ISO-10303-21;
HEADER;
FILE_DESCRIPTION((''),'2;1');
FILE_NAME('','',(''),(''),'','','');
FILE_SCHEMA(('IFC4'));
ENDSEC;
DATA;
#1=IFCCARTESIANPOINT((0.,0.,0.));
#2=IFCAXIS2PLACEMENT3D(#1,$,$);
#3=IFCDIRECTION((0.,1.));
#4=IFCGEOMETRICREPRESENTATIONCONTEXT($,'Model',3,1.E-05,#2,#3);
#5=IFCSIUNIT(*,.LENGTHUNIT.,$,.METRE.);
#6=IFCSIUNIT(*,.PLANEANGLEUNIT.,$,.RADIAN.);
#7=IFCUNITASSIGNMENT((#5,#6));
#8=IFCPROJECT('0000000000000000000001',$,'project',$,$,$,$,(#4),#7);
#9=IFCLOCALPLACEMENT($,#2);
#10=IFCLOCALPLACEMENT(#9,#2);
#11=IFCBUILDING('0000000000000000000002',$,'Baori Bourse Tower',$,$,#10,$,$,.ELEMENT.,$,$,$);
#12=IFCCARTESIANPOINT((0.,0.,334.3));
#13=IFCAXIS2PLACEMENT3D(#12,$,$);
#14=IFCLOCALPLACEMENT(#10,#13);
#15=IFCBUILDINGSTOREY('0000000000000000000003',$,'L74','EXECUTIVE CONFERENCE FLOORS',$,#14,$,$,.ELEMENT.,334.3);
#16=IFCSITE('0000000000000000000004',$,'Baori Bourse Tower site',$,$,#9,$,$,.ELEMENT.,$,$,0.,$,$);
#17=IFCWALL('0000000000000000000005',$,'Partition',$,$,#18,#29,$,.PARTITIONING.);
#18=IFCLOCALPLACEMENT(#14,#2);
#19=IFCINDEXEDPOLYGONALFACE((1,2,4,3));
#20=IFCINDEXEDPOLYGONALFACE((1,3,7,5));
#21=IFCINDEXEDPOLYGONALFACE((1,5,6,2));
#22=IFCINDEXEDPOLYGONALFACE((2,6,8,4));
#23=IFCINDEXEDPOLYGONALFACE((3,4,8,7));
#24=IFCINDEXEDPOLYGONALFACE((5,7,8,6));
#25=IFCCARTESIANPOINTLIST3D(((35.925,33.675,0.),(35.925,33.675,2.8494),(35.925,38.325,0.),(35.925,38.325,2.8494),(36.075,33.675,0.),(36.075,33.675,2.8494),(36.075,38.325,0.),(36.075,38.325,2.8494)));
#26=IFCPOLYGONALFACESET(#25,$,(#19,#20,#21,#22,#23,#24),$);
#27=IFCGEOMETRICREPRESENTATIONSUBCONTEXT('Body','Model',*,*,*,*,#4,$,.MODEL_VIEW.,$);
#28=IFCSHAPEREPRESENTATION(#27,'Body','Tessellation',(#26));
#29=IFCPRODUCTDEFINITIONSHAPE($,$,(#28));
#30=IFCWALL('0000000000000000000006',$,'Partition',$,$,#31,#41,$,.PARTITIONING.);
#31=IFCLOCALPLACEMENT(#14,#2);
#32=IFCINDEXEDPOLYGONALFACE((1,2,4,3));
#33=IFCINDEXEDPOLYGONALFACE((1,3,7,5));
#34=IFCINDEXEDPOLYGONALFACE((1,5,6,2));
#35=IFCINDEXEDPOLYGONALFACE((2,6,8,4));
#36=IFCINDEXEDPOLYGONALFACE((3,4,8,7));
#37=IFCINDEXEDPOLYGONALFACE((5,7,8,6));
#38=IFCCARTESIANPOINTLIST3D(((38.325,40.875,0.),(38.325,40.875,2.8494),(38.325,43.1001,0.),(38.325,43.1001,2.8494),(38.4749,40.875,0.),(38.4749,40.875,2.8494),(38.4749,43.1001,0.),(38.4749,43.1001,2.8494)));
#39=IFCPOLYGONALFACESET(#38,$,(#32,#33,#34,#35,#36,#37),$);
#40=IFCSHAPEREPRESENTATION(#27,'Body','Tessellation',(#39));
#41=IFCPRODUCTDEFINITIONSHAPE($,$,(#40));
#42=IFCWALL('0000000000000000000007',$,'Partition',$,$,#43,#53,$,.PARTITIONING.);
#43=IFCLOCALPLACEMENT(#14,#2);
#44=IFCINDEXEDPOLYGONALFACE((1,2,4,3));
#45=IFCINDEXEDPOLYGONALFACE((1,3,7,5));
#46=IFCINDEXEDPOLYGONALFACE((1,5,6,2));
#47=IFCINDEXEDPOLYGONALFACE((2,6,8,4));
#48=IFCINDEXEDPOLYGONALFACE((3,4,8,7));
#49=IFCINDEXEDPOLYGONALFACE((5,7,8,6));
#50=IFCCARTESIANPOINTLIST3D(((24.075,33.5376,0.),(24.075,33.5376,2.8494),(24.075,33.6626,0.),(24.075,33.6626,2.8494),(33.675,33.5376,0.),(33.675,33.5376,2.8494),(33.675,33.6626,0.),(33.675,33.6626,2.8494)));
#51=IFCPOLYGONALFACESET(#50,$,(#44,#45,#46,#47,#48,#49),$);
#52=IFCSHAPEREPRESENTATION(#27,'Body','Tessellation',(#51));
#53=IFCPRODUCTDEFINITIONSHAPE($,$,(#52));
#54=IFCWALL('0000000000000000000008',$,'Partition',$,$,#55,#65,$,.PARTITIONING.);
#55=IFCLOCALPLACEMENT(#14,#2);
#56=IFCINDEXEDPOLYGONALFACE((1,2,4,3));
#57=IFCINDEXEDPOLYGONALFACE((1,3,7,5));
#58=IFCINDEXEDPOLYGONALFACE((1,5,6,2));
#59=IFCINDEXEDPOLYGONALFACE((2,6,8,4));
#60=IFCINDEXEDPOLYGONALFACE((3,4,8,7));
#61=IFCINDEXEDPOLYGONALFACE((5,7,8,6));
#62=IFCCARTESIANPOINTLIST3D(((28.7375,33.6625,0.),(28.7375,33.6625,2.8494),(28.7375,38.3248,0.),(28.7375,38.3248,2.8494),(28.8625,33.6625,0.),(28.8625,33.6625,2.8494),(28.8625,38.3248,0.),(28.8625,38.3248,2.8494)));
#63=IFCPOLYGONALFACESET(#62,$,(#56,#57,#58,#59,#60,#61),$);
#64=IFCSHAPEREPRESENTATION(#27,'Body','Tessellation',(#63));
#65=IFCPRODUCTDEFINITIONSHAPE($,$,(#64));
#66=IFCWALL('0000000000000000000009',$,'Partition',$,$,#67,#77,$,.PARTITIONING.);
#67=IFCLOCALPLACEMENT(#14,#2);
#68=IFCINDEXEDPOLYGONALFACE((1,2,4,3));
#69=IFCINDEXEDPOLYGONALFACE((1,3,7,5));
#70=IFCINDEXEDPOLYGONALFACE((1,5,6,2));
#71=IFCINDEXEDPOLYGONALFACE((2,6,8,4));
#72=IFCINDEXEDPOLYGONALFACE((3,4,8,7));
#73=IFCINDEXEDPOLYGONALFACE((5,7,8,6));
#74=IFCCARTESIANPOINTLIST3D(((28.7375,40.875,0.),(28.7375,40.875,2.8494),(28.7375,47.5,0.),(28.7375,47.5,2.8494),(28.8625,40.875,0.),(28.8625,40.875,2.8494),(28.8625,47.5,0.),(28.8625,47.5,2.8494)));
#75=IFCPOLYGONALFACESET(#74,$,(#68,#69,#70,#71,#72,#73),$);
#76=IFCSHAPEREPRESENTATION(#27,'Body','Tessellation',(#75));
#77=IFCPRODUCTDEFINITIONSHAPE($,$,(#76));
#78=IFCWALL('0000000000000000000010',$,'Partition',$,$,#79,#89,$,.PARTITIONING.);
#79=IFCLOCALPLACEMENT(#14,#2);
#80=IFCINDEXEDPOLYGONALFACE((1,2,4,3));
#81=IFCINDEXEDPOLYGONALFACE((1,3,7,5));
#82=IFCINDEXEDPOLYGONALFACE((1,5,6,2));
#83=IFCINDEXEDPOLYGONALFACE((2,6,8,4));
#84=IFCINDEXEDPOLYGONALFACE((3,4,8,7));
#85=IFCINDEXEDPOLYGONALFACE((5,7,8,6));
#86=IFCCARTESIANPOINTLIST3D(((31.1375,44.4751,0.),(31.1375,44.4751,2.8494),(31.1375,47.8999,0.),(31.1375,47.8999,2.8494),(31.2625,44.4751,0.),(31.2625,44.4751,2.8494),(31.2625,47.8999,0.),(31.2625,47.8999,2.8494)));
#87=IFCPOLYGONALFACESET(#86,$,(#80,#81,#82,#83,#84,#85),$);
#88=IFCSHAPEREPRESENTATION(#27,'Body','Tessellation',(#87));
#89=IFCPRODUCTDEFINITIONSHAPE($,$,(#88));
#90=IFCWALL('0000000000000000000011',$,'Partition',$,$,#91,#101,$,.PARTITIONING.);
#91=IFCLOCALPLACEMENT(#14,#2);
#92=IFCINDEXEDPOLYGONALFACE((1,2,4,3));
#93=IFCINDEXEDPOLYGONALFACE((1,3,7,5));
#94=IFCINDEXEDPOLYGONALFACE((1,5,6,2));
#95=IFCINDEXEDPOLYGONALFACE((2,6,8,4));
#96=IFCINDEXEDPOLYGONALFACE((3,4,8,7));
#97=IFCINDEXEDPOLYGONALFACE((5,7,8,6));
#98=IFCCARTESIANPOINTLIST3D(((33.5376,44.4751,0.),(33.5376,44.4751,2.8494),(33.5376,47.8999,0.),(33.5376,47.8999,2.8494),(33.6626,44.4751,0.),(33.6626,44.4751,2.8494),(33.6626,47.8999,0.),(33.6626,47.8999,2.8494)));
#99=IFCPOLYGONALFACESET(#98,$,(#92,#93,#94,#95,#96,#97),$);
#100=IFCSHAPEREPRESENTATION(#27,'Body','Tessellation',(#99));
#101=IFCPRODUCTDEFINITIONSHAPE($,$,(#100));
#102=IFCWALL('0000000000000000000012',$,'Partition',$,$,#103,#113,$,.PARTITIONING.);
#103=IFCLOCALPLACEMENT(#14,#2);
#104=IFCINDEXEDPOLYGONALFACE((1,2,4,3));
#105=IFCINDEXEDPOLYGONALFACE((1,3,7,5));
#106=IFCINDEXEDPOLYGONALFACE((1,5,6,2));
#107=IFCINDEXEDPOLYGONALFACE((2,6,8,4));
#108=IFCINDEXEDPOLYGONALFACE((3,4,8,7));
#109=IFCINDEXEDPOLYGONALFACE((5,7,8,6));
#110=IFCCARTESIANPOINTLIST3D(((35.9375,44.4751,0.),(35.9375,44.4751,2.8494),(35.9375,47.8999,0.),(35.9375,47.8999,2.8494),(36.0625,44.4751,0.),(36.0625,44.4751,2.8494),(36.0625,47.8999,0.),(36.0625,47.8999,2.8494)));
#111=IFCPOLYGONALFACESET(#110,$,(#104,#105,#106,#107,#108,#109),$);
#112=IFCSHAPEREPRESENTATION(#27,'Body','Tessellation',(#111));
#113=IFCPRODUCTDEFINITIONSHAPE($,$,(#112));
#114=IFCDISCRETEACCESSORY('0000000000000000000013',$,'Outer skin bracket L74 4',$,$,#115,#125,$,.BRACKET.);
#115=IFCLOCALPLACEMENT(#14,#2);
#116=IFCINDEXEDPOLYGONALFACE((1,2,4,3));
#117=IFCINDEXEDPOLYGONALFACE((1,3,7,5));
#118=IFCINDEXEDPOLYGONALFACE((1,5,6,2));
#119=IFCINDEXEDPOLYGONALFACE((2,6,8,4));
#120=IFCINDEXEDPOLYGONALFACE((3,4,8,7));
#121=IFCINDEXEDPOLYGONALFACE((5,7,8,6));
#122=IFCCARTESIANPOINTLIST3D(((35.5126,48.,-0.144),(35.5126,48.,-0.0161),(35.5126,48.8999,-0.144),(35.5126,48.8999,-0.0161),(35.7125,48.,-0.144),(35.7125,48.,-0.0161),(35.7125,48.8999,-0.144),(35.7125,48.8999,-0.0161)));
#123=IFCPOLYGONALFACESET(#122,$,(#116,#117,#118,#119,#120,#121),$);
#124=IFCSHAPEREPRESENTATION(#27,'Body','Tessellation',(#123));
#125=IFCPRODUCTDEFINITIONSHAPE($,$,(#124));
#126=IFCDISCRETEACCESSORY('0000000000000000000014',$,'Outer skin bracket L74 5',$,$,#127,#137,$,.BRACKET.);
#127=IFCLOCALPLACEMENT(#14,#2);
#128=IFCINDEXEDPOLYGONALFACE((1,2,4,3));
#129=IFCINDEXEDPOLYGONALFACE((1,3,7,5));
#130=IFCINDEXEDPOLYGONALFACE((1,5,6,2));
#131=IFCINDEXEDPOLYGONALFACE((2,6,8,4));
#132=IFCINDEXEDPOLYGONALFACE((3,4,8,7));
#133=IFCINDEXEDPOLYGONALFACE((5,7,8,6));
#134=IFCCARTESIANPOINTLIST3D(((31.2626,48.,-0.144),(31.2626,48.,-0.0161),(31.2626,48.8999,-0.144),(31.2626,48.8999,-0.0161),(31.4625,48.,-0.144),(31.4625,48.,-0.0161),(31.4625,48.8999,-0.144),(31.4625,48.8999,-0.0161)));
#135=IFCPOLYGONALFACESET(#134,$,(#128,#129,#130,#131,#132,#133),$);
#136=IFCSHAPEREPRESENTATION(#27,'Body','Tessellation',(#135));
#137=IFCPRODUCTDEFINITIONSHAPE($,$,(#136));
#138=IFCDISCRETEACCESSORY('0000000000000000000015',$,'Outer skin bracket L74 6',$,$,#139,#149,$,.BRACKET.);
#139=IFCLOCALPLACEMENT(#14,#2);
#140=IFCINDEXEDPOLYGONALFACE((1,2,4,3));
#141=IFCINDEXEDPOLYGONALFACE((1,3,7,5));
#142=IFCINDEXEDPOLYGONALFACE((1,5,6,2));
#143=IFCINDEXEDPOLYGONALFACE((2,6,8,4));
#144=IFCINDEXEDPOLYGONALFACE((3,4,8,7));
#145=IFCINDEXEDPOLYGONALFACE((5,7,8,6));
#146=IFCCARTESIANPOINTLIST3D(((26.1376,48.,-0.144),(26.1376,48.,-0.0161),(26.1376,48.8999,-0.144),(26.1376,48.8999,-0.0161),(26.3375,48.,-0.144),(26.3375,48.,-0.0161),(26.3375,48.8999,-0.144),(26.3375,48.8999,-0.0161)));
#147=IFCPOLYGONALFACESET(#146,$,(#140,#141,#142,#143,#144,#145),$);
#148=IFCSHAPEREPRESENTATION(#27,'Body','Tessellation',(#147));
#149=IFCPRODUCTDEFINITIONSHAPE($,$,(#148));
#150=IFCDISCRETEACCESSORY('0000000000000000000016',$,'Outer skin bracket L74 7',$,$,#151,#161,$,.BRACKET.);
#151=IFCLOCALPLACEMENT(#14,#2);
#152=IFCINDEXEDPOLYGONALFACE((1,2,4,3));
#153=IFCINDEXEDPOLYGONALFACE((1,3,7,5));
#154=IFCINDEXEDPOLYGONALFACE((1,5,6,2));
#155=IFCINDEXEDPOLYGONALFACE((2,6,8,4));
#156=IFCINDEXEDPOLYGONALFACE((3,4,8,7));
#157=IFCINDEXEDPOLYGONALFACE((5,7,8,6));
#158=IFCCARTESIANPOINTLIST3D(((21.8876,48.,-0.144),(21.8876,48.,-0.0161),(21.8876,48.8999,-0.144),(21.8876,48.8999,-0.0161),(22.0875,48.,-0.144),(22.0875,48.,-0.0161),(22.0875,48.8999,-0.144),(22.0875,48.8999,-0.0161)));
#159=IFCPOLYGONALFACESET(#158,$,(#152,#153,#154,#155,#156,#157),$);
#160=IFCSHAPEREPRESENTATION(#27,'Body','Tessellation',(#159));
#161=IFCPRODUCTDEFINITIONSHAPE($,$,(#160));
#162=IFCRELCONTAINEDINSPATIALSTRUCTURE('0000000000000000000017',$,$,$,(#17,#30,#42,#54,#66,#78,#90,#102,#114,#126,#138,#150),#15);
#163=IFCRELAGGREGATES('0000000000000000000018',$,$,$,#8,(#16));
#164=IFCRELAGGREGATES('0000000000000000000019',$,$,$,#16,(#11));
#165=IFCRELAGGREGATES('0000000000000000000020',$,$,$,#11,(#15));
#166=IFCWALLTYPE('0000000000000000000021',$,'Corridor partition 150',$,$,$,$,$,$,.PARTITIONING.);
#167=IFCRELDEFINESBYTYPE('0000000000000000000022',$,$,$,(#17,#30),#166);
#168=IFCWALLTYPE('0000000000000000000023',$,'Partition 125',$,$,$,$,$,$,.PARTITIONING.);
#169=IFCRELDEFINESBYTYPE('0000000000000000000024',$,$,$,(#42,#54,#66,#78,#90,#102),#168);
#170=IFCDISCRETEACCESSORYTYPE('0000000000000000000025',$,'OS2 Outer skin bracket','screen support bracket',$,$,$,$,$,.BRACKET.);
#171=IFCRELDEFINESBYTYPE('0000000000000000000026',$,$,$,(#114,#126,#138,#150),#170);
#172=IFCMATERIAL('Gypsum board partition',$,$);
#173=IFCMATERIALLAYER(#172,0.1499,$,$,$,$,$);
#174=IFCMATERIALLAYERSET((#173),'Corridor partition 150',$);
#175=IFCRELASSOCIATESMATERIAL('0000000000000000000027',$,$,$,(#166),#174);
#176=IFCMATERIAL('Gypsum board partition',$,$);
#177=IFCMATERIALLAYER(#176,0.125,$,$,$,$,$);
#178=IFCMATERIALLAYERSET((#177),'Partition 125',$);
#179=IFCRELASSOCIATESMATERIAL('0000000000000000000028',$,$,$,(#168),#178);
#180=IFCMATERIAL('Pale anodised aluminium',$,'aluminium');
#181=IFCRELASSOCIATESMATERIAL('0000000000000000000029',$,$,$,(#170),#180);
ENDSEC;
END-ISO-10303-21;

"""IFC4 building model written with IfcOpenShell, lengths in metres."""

from ifc_helpers import new_model, si_unit, direction, frame, frame_2d, origin, origin_2d, place, context, subcontext, project, spatial, rectangle, extrude, material, layer, layer_set, type_object, element, save


model = new_model("IFC4")

# Units and contexts
model_context = context("Model", 3, precision=1e-05, world=origin(), true_north=direction((0.0, 1.0)))
body_context = subcontext(model_context, "Body", "Model", "MODEL_VIEW")
ifc_project = project(units=[si_unit("LENGTHUNIT", "METRE"), si_unit("PLANEANGLEUNIT", "RADIAN")], contexts=[model_context])

# Site, building, storey
site_placement = place(None, origin())
site = spatial("IfcSite", under=ifc_project, at=site_placement, Name="Baori Bourse Tower site", CompositionType="ELEMENT", RefElevation=0.0)
building_placement = place(site_placement, origin())
building = spatial("IfcBuilding", under=site, at=building_placement, Name="Baori Bourse Tower", CompositionType="ELEMENT")
storey_placement = place(building_placement, frame((0.0, 0.0, 334.3)))
storey = spatial("IfcBuildingStorey", under=building, at=storey_placement, Name="L74", Description="EXECUTIVE CONFERENCE FLOORS", CompositionType="ELEMENT", Elevation=334.3)

# Shared definitions
ifc_material_1 = material(Name="Gypsum board partition")
ifc_layer_1 = layer(ifc_material_1, 0.1499)
ifc_layer_set_1 = layer_set([ifc_layer_1], Name="Corridor partition 150")
wall_type_1 = type_object("IfcWallType", Name="Corridor partition 150", PredefinedType="PARTITIONING", material=ifc_layer_set_1)

# Walls
wall_1_placement = place(storey_placement, frame((36.0, 33.675, 0.0), z_axis=(0.0, 0.0, 1.0), x_axis=(0.0, 1.0, 0.0)))
element("IfcWall", 1, at=wall_1_placement, inside=storey, type_object=wall_type_1, Name="Partition", PredefinedType="PARTITIONING", context=body_context, shape_type="SweptSolid", body=[
    extrude(rectangle(XDim=4.6499, YDim=0.1499, at=frame_2d((2.325, 0.0))), origin(), (0.0, 0.0, 1.0), 2.8494),
])
wall_2_placement = place(storey_placement, frame((38.3999, 40.875, 0.0), z_axis=(0.0, 0.0, 1.0), x_axis=(0.0, 1.0, 0.0)))
element("IfcWall", 2, at=wall_2_placement, inside=storey, type_object=wall_type_1, Name="Partition", PredefinedType="PARTITIONING", context=body_context, shape_type="SweptSolid", body=[
    extrude(rectangle(XDim=2.2251, YDim=0.1499, at=frame_2d((1.1125, 0.0))), origin(), (0.0, 0.0, 1.0), 2.8494),
])
ifc_material_2 = material(Name="Gypsum board partition")
ifc_layer_2 = layer(ifc_material_2, 0.125)
ifc_layer_set_2 = layer_set([ifc_layer_2], Name="Partition 125")
wall_type_2 = type_object("IfcWallType", Name="Partition 125", PredefinedType="PARTITIONING", material=ifc_layer_set_2)
wall_3_placement = place(storey_placement, frame((24.075, 33.6001, 0.0), z_axis=(0.0, 0.0, 1.0), x_axis=(1.0, 0.0, 0.0)))
element("IfcWall", 3, at=wall_3_placement, inside=storey, type_object=wall_type_2, Name="Partition", PredefinedType="PARTITIONING", context=body_context, shape_type="SweptSolid", body=[
    extrude(rectangle(XDim=9.6001, YDim=0.125, at=frame_2d((4.8, 0.0))), origin(), (0.0, 0.0, 1.0), 2.8494),
])
wall_4_placement = place(storey_placement, frame((28.8, 33.6626, 0.0), z_axis=(0.0, 0.0, 1.0), x_axis=(0.0, 1.0, 0.0)))
element("IfcWall", 4, at=wall_4_placement, inside=storey, type_object=wall_type_2, Name="Partition", PredefinedType="PARTITIONING", context=body_context, shape_type="SweptSolid", body=[
    extrude(rectangle(XDim=4.6624, YDim=0.125, at=frame_2d((2.3311, 0.0))), origin(), (0.0, 0.0, 1.0), 2.8494),
])
wall_5_placement = place(storey_placement, frame((28.8, 40.875, 0.0), z_axis=(0.0, 0.0, 1.0), x_axis=(0.0, 1.0, 0.0)))
element("IfcWall", 5, at=wall_5_placement, inside=storey, type_object=wall_type_2, Name="Partition", PredefinedType="PARTITIONING", context=body_context, shape_type="SweptSolid", body=[
    extrude(rectangle(XDim=6.625, YDim=0.125, at=frame_2d((3.3125, 0.0))), origin(), (0.0, 0.0, 1.0), 2.8494),
])
for number, where, z_axis, x_axis, name in (
    (6, (31.2, 44.4751, 0.0), (0.0, 0.0, 1.0), (0.0, 1.0, 0.0), "Partition"),
    (7, (33.6001, 44.4751, 0.0), (0.0, 0.0, 1.0), (0.0, 1.0, 0.0), "Partition"),
    (8, (36.0, 44.4751, 0.0), (0.0, 0.0, 1.0), (0.0, 1.0, 0.0), "Partition"),
):
    element("IfcWall", number, at=place(storey_placement, frame(where, z_axis=z_axis, x_axis=x_axis)), inside=storey, type_object=wall_type_2, Name=name, PredefinedType="PARTITIONING", context=body_context, shape_type="SweptSolid", body=[
        extrude(rectangle(XDim=3.4248, YDim=0.125, at=frame_2d((1.7124, 0.0))), origin(), (0.0, 0.0, 1.0), 2.8494),
    ])

# Discrete accessories
ifc_material_3 = material(Name="Pale anodised aluminium", Category="aluminium")
discrete_accessory_type = type_object("IfcDiscreteAccessoryType", Name="OS2 Outer skin bracket", Description="screen support bracket", PredefinedType="BRACKET", material=ifc_material_3)
for number, where, z_axis, x_axis, name in (
    (9, (35.6125, 48.45, -0.144), (0.0, 0.0, 1.0), (-1.0, 0.0, 0.0), "Outer skin bracket L74 4"),
    (10, (31.3625, 48.45, -0.144), (0.0, 0.0, 1.0), (-1.0, 0.0, 0.0), "Outer skin bracket L74 5"),
    (11, (26.2375, 48.45, -0.144), (0.0, 0.0, 1.0), (-1.0, 0.0, 0.0), "Outer skin bracket L74 6"),
    (12, (21.9875, 48.45, -0.144), (0.0, 0.0, 1.0), (-1.0, 0.0, 0.0), "Outer skin bracket L74 7"),
):
    element("IfcDiscreteAccessory", number, at=place(storey_placement, frame(where, z_axis=z_axis, x_axis=x_axis)), inside=storey, type_object=discrete_accessory_type, Name=name, PredefinedType="BRACKET", context=body_context, shape_type="SweptSolid", body=[
        extrude(rectangle(XDim=0.2, YDim=0.8999, at=origin_2d()), origin(), (0.0, 0.0, 1.0), 0.1279),
    ])

save(model, "model.ifc")
